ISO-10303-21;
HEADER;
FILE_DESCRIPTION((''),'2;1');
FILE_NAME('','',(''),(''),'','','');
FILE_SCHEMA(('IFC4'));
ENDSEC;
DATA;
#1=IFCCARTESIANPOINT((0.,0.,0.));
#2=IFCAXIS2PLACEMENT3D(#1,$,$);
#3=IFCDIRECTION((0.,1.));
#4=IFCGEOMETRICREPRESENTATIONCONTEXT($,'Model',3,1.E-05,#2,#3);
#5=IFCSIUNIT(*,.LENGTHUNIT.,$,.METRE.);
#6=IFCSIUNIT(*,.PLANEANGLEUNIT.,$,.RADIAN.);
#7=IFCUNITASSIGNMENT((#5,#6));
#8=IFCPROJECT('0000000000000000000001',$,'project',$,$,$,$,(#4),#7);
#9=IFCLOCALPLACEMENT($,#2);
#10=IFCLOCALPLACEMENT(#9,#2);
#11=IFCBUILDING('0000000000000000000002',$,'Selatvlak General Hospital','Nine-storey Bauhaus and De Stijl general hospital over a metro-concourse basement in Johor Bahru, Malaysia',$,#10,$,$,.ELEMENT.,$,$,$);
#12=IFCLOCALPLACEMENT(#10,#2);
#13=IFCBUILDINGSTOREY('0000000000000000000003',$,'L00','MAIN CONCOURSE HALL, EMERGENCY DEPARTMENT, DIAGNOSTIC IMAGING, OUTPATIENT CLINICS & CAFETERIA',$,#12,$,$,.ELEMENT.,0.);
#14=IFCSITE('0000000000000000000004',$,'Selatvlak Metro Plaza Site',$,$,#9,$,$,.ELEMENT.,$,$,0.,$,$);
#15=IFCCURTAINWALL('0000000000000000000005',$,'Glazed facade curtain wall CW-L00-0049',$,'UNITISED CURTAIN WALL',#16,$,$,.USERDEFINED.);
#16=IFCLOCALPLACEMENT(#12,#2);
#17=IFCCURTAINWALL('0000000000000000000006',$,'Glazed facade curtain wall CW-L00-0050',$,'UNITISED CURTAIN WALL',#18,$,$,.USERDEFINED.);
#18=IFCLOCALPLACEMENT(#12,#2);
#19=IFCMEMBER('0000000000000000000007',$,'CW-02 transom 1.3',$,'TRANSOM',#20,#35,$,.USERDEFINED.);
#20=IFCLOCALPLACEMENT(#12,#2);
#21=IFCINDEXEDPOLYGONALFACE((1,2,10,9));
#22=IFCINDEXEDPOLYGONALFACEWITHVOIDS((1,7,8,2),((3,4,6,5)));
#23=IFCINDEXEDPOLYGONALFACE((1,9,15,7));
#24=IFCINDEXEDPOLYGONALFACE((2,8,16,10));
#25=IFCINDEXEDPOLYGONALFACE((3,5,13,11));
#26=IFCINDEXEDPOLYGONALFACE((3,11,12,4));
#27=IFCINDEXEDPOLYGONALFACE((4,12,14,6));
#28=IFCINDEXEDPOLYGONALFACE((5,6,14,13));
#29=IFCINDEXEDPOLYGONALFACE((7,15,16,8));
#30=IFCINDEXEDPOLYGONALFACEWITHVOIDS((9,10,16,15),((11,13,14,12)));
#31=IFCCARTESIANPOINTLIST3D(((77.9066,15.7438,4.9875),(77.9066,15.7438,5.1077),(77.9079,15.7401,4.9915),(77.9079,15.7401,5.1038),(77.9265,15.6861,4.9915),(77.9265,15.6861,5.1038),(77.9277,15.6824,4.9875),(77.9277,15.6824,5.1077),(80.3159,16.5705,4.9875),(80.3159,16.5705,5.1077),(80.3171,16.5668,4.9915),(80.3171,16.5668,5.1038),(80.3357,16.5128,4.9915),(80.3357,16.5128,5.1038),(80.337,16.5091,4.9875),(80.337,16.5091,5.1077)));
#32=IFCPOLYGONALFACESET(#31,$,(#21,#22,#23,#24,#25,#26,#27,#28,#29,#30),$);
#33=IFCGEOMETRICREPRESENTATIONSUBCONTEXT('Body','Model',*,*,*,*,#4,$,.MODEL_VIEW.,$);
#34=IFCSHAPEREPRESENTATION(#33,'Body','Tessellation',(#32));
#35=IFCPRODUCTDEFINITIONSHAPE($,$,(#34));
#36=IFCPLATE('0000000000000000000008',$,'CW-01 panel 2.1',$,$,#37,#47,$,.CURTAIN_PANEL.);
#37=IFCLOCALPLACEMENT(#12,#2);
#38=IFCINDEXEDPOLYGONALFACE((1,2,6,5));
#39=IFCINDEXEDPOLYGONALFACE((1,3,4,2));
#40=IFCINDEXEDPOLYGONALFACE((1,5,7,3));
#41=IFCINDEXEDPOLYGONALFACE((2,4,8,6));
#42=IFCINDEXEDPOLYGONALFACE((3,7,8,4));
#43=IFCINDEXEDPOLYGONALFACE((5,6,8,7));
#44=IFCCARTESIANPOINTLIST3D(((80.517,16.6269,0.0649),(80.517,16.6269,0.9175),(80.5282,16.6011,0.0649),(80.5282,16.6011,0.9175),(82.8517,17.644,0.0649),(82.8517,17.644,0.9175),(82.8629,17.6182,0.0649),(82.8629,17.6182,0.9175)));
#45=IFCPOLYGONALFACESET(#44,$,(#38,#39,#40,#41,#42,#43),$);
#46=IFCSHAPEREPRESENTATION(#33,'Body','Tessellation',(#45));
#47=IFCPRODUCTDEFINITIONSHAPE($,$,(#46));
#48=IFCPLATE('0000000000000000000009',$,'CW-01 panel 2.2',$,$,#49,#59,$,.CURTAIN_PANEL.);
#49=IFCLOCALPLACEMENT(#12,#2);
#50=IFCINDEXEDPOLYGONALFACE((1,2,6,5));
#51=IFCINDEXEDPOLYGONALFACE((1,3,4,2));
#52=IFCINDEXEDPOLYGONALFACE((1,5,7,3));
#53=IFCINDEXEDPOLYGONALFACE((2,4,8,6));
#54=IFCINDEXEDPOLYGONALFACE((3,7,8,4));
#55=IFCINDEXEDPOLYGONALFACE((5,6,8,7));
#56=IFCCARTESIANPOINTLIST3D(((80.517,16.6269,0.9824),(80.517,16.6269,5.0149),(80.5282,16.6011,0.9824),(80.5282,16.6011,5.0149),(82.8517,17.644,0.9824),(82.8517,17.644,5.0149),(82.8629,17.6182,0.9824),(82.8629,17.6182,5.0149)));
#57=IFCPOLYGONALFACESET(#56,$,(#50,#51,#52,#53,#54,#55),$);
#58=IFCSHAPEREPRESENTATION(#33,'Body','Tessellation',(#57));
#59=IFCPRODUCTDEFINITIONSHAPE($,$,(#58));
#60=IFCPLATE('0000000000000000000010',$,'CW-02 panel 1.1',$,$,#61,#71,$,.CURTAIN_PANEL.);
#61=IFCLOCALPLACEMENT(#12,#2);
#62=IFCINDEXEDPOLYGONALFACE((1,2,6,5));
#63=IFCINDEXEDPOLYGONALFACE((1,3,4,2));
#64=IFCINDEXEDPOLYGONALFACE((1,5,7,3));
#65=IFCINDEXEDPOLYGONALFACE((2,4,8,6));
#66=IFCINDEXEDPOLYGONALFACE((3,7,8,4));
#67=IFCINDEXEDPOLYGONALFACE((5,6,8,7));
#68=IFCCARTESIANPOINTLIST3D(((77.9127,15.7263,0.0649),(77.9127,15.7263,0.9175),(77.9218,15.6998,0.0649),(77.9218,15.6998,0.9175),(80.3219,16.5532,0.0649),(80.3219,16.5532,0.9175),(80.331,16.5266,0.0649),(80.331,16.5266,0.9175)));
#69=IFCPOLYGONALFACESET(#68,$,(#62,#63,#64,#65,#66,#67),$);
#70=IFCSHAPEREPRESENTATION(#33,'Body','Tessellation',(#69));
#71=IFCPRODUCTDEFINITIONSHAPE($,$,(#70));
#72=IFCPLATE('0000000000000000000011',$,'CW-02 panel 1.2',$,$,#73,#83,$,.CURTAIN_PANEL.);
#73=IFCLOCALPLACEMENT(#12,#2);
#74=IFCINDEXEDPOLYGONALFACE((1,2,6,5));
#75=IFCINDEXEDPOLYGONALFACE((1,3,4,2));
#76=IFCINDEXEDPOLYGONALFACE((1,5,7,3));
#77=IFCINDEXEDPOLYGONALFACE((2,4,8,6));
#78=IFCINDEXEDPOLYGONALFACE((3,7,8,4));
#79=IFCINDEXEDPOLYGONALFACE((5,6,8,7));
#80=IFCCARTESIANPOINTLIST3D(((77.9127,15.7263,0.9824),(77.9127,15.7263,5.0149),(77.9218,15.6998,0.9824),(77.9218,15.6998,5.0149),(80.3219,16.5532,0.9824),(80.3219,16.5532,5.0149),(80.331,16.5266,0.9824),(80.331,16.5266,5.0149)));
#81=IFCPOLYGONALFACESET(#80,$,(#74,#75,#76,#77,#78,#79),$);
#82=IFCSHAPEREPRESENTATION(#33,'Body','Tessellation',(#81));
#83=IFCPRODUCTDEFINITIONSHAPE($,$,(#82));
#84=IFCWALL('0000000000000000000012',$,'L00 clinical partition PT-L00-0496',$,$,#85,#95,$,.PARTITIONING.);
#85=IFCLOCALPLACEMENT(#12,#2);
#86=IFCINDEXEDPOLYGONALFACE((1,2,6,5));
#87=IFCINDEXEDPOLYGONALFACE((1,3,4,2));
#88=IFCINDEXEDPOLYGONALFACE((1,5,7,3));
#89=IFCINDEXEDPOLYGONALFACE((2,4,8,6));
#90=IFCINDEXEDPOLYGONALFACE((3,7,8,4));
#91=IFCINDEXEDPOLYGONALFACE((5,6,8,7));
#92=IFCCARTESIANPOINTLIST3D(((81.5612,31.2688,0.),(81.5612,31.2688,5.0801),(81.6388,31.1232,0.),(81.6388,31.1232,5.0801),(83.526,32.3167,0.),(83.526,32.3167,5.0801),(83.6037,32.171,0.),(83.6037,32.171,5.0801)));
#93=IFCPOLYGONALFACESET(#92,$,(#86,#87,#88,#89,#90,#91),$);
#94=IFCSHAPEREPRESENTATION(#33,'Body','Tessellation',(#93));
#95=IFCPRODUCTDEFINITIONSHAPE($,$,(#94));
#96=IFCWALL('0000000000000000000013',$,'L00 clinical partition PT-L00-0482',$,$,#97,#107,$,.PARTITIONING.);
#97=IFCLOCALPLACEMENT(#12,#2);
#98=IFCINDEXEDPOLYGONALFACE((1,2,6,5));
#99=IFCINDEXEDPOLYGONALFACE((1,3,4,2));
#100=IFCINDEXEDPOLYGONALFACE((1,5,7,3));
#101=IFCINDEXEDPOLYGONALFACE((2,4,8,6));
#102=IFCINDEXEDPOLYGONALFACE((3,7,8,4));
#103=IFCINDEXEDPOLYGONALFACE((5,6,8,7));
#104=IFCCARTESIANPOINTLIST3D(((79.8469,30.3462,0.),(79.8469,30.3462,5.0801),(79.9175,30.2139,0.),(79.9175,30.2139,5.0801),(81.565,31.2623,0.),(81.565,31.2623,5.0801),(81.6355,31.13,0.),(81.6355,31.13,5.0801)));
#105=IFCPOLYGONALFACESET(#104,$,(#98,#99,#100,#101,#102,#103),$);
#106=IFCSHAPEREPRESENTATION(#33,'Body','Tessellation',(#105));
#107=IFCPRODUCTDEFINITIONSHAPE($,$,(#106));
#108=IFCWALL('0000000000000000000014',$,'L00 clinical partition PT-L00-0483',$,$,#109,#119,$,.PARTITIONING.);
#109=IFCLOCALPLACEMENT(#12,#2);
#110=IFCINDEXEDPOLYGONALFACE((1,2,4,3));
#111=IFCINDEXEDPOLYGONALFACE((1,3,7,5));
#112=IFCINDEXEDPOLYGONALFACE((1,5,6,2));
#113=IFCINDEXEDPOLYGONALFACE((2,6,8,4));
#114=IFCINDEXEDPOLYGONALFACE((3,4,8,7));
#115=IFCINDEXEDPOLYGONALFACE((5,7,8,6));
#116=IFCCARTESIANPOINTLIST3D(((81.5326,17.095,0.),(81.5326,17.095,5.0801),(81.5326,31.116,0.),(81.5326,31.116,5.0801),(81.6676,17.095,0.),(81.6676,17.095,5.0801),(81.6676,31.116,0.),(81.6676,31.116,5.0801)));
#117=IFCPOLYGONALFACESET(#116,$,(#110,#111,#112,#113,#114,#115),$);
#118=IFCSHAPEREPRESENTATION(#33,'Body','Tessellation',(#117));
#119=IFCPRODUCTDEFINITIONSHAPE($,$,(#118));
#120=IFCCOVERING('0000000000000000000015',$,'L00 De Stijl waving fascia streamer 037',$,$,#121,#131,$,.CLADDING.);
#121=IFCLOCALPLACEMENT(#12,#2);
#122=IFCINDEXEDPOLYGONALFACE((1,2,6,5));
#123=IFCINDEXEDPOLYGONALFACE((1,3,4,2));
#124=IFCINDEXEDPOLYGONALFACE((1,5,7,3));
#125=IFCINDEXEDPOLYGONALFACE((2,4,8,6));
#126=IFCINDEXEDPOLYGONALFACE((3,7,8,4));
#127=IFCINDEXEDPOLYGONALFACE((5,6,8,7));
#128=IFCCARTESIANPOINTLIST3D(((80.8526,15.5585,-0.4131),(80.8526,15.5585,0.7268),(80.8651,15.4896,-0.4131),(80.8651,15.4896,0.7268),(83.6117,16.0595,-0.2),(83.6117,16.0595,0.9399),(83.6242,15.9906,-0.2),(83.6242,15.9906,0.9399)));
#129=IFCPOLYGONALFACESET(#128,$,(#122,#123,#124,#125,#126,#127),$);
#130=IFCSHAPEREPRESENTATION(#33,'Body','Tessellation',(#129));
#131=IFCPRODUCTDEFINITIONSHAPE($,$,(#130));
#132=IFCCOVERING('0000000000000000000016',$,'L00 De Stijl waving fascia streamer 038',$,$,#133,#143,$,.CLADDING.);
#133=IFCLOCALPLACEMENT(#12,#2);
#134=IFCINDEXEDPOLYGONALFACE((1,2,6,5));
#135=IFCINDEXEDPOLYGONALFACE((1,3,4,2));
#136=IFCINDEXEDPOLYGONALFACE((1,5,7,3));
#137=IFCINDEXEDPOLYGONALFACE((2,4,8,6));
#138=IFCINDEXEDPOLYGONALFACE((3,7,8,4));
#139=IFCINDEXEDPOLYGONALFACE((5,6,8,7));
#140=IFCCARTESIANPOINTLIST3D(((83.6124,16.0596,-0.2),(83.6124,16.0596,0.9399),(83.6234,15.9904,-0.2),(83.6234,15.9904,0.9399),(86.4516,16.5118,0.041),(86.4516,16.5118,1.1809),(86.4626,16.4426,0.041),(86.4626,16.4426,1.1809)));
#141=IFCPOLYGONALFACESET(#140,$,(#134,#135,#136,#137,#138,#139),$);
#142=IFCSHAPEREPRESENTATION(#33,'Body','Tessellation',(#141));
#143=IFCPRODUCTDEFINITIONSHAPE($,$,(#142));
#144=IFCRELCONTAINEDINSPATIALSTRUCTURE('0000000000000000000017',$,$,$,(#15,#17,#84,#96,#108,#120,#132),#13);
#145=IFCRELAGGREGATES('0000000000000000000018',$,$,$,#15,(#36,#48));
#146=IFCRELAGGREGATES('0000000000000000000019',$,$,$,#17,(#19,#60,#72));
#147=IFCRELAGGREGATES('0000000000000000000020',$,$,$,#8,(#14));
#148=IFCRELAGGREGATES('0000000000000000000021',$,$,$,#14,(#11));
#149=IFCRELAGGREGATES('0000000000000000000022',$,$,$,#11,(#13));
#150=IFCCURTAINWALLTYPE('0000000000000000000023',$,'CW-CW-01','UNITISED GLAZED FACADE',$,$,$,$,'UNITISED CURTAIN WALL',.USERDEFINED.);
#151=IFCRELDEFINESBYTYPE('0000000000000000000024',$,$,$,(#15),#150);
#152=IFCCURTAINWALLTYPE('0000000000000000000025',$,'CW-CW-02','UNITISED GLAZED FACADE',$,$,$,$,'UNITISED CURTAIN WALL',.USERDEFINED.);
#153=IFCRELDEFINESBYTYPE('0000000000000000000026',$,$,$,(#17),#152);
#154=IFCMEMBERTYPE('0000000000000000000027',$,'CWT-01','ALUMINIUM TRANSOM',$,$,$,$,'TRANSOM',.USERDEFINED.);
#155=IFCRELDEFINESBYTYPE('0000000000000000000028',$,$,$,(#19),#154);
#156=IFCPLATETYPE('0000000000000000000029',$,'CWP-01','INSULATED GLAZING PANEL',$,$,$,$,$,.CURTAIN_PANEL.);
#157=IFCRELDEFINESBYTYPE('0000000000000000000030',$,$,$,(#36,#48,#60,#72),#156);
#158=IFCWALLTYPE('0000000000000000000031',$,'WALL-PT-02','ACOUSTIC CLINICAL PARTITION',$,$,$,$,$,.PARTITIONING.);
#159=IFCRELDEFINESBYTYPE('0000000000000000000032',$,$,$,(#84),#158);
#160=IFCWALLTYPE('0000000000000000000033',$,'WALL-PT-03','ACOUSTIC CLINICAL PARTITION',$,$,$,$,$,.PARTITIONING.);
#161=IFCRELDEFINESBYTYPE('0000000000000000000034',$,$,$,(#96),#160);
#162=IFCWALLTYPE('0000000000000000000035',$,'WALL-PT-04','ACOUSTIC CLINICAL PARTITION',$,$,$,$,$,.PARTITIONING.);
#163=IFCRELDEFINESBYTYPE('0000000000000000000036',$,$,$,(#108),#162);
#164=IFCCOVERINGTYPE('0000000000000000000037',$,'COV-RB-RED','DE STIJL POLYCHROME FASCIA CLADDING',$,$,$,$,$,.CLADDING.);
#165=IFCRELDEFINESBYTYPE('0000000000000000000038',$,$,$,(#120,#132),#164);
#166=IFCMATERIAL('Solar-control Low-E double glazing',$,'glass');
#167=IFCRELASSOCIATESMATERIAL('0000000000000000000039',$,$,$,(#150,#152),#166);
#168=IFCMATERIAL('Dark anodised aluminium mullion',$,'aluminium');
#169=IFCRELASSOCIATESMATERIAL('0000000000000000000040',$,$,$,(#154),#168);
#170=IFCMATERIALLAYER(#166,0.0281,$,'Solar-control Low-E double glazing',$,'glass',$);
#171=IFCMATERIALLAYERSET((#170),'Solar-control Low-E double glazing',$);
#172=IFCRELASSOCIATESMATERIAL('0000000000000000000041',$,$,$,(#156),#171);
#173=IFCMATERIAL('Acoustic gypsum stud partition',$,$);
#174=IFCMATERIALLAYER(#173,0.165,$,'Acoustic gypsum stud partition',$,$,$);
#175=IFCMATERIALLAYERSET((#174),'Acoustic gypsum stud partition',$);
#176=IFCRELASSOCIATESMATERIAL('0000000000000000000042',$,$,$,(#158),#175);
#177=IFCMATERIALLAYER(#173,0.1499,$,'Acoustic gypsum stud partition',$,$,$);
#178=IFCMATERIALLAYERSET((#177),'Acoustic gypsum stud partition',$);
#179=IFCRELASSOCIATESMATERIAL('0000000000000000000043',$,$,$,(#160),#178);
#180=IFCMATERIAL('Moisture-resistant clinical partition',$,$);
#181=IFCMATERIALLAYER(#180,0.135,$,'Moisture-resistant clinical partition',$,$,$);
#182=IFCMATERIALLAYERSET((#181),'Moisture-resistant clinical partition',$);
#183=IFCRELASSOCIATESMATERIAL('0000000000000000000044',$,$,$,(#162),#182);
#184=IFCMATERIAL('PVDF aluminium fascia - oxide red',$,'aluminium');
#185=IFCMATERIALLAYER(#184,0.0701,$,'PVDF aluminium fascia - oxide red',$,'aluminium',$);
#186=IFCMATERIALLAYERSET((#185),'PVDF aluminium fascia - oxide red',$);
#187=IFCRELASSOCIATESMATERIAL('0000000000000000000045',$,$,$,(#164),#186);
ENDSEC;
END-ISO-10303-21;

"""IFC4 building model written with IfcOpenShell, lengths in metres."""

from ifc_helpers import new_model, si_unit, direction, frame, frame_2d, origin, origin_2d, place, context, subcontext, project, spatial, polyline, rectangle, hollow_rectangle, outline, extrude, material, layer, layer_set, material_profile, profile_set, type_object, element, aggregate, save


model = new_model("IFC4")

# Units and contexts
model_context = context("Model", 3, precision=1e-05, world=origin(), true_north=direction((0.0, 1.0)))
body_context = subcontext(model_context, "Body", "Model", "MODEL_VIEW")
ifc_project = project(units=[si_unit("LENGTHUNIT", "METRE"), si_unit("PLANEANGLEUNIT", "RADIAN")], contexts=[model_context])

# Site, building, storey
site_placement = place(None, origin())
site = spatial("IfcSite", under=ifc_project, at=site_placement, Name="Selatvlak Metro Plaza Site", CompositionType="ELEMENT", RefElevation=0.0)
building_placement = place(site_placement, origin())
building = spatial("IfcBuilding", under=site, at=building_placement, Name="Selatvlak General Hospital", Description="Nine-storey Bauhaus and De Stijl general hospital over a metro-concourse basement in Johor Bahru, Malaysia", CompositionType="ELEMENT")
storey_placement = place(building_placement, origin())
storey = spatial("IfcBuildingStorey", under=building, at=storey_placement, Name="L00", Description="MAIN CONCOURSE HALL, EMERGENCY DEPARTMENT, DIAGNOSTIC IMAGING, OUTPATIENT CLINICS & CAFETERIA", CompositionType="ELEMENT", Elevation=0.0)

# Curtain walls
ifc_material_1 = material(Name="Solar-control Low-E double glazing", Category="glass")
curtain_wall_type_1 = type_object("IfcCurtainWallType", Name="CW-CW-01", Description="UNITISED GLAZED FACADE", ElementType="UNITISED CURTAIN WALL", PredefinedType="USERDEFINED", material=ifc_material_1)
curtain_wall_1_placement = place(storey_placement, origin())
curtain_wall_1 = element("IfcCurtainWall", 1, at=curtain_wall_1_placement, inside=storey, type_object=curtain_wall_type_1, Name="Glazed facade curtain wall CW-L00-0049", ObjectType="UNITISED CURTAIN WALL", PredefinedType="USERDEFINED")
ifc_material_2 = material(Name="Dark anodised aluminium mullion", Category="aluminium")
curtain_wall_type_2 = type_object("IfcCurtainWallType", Name="CW-CW-02", Description="UNITISED GLAZED FACADE", ElementType="UNITISED CURTAIN WALL", PredefinedType="USERDEFINED", material=ifc_material_1)
curtain_wall_2_placement = place(storey_placement, origin())
curtain_wall_2 = element("IfcCurtainWall", 2, at=curtain_wall_2_placement, inside=storey, type_object=curtain_wall_type_2, Name="Glazed facade curtain wall CW-L00-0050", ObjectType="UNITISED CURTAIN WALL", PredefinedType="USERDEFINED")

# Member
ifc_material_profile_1 = material_profile(ifc_material_2, hollow_rectangle(XDim=0.0649, YDim=0.1201, WallThickness=0.0039, at=origin_2d()), Name="AL-TRN 65x120x4")
ifc_profile_set_1 = profile_set([ifc_material_profile_1], Name="Dark anodised aluminium mullion")
member_type_1 = type_object("IfcMemberType", Name="CWT-01", Description="ALUMINIUM TRANSOM", ElementType="TRANSOM", PredefinedType="USERDEFINED", material=ifc_profile_set_1)
member_1_placement = place(storey_placement, frame((80.3264, 16.5398, 5.0476), z_axis=(-0.945867, -0.324555, 0.0), x_axis=(0.324555, -0.945867, 0.0)))
member_1 = element("IfcMember", 3, at=member_1_placement, type_object=member_type_1, Name="CW-02 transom 1.3", ObjectType="TRANSOM", PredefinedType="USERDEFINED", context=body_context, shape_type="SweptSolid", body=[
    extrude(hollow_rectangle(XDim=0.0649, YDim=0.1201, WallThickness=0.0039, at=origin_2d()), origin(), (0.0, 0.0, 1.0), 2.5471),
])

# Plates
ifc_layer_1 = layer(ifc_material_1, 0.0281, Name="Solar-control Low-E double glazing", Category="glass")
ifc_layer_set_1 = layer_set([ifc_layer_1], Name="Solar-control Low-E double glazing")
plate_type = type_object("IfcPlateType", Name="CWP-01", Description="INSULATED GLAZING PANEL", PredefinedType="CURTAIN_PANEL", material=ifc_layer_set_1)
plate_1_placement = place(storey_placement, frame((81.6899, 17.1226, 0.0649), z_axis=(0.0, 0.0, 1.0), x_axis=(-0.916781, -0.39939, 0.0)))
plate_1 = element("IfcPlate", 4, at=plate_1_placement, type_object=plate_type, Name="CW-01 panel 2.1", PredefinedType="CURTAIN_PANEL", context=body_context, shape_type="SweptSolid", body=[
    extrude(rectangle(XDim=2.5466, YDim=0.0281, at=origin_2d()), origin(), (0.0, 0.0, 1.0), 0.8525),
])
plate_2_placement = place(storey_placement, frame((81.6899, 17.1226, 0.9824), z_axis=(0.0, 0.0, 1.0), x_axis=(-0.916781, -0.39939, 0.0)))
plate_2 = element("IfcPlate", 5, at=plate_2_placement, type_object=plate_type, Name="CW-01 panel 2.2", PredefinedType="CURTAIN_PANEL", context=body_context, shape_type="SweptSolid", body=[
    extrude(rectangle(XDim=2.5466, YDim=0.0281, at=origin_2d()), origin(), (0.0, 0.0, 1.0), 4.0325),
])
aggregate(curtain_wall_1, [plate_1, plate_2])
plate_3_placement = place(storey_placement, frame((79.1218, 16.1265, 0.0649), z_axis=(0.0, 0.0, 1.0), x_axis=(-0.945848, -0.324609, 0.0)))
plate_3 = element("IfcPlate", 6, at=plate_3_placement, type_object=plate_type, Name="CW-02 panel 1.1", PredefinedType="CURTAIN_PANEL", context=body_context, shape_type="SweptSolid", body=[
    extrude(rectangle(XDim=2.5471, YDim=0.0281, at=origin_2d()), origin(), (0.0, 0.0, 1.0), 0.8525),
])
plate_4_placement = place(storey_placement, frame((79.1218, 16.1265, 0.9824), z_axis=(0.0, 0.0, 1.0), x_axis=(-0.945848, -0.324609, 0.0)))
plate_4 = element("IfcPlate", 7, at=plate_4_placement, type_object=plate_type, Name="CW-02 panel 1.2", PredefinedType="CURTAIN_PANEL", context=body_context, shape_type="SweptSolid", body=[
    extrude(rectangle(XDim=2.5471, YDim=0.0281, at=origin_2d()), origin(), (0.0, 0.0, 1.0), 4.0325),
])
aggregate(curtain_wall_2, [member_1, plate_3, plate_4])

# Walls
ifc_material_3 = material(Name="Acoustic gypsum stud partition")
ifc_layer_2 = layer(ifc_material_3, 0.165, Name="Acoustic gypsum stud partition")
ifc_layer_set_2 = layer_set([ifc_layer_2], Name="Acoustic gypsum stud partition")
wall_type_1 = type_object("IfcWallType", Name="WALL-PT-02", Description="ACOUSTIC CLINICAL PARTITION", PredefinedType="PARTITIONING", material=ifc_layer_set_2)
wall_1_placement = place(storey_placement, frame((81.6001, 31.196, 0.0), z_axis=(0.0, 0.0, 1.0), x_axis=(0.882365, 0.470565, 0.0)))
element("IfcWall", 8, at=wall_1_placement, inside=storey, type_object=wall_type_1, Name="L00 clinical partition PT-L00-0496", PredefinedType="PARTITIONING", context=body_context, shape_type="SweptSolid", body=[
    extrude(rectangle(XDim=2.2268, YDim=0.165, at=frame_2d((1.1133, 0.0))), origin(), (0.0, 0.0, 1.0), 5.0801),
])
ifc_layer_3 = layer(ifc_material_3, 0.1499, Name="Acoustic gypsum stud partition")
ifc_layer_set_3 = layer_set([ifc_layer_3], Name="Acoustic gypsum stud partition")
wall_type_2 = type_object("IfcWallType", Name="WALL-PT-03", Description="ACOUSTIC CLINICAL PARTITION", PredefinedType="PARTITIONING", material=ifc_layer_set_3)
wall_2_placement = place(storey_placement, frame((79.8821, 30.28, 0.0), z_axis=(0.0, 0.0, 1.0), x_axis=(0.882408, 0.470484, 0.0)))
element("IfcWall", 9, at=wall_2_placement, inside=storey, type_object=wall_type_2, Name="L00 clinical partition PT-L00-0482", PredefinedType="PARTITIONING", context=body_context, shape_type="SweptSolid", body=[
    extrude(rectangle(XDim=1.947, YDim=0.1499, at=frame_2d((0.9736, 0.0))), origin(), (0.0, 0.0, 1.0), 5.0801),
])
ifc_material_4 = material(Name="Moisture-resistant clinical partition")
ifc_layer_4 = layer(ifc_material_4, 0.135, Name="Moisture-resistant clinical partition")
ifc_layer_set_4 = layer_set([ifc_layer_4], Name="Moisture-resistant clinical partition")
wall_type_3 = type_object("IfcWallType", Name="WALL-PT-04", Description="ACOUSTIC CLINICAL PARTITION", PredefinedType="PARTITIONING", material=ifc_layer_set_4)
wall_3_placement = place(storey_placement, frame((81.6001, 31.116, 0.0), z_axis=(0.0, 0.0, 1.0), x_axis=(0.0, -1.0, 0.0)))
element("IfcWall", 10, at=wall_3_placement, inside=storey, type_object=wall_type_3, Name="L00 clinical partition PT-L00-0483", PredefinedType="PARTITIONING", context=body_context, shape_type="SweptSolid", body=[
    extrude(rectangle(XDim=14.021, YDim=0.135, at=frame_2d((7.0105, 0.0))), origin(), (0.0, 0.0, 1.0), 5.0801),
])

# Coverings
ifc_material_5 = material(Name="PVDF aluminium fascia - oxide red", Category="aluminium")
ifc_layer_5 = layer(ifc_material_5, 0.0701, Name="PVDF aluminium fascia - oxide red", Category="aluminium")
ifc_layer_set_5 = layer_set([ifc_layer_5], Name="PVDF aluminium fascia - oxide red")
covering_type = type_object("IfcCoveringType", Name="COV-RB-RED", Description="DE STIJL POLYCHROME FASCIA CLADDING", PredefinedType="CLADDING", material=ifc_layer_set_5)
covering_1_placement = place(storey_placement, frame((80.8589, 15.5239, -0.4131), z_axis=(0.0, 0.0, 1.0), x_axis=(0.983912, 0.178656, 0.0)))
element("IfcCovering", 11, at=covering_1_placement, inside=storey, type_object=covering_type, Name="L00 De Stijl waving fascia streamer 037", PredefinedType="CLADDING", context=body_context, shape_type="SweptSolid", body=[
    extrude(outline(polyline([(0.0, 0.0), (2.8042, 0.2131), (2.8042, 1.353), (0.0, 1.1399), (0.0, 0.0)])), frame((0.0, 0.0352, 0.0), z_axis=(0.0, -1.0, 0.0), x_axis=(1.0, 0.0, 0.0)), (0.0, 0.0, 1.0), 0.0701),
])
covering_2_placement = place(storey_placement, frame((83.6179, 16.0249, -0.2), z_axis=(0.0, 0.0, 1.0), x_axis=(0.987555, 0.157275, 0.0)))
element("IfcCovering", 12, at=covering_2_placement, inside=storey, type_object=covering_type, Name="L00 De Stijl waving fascia streamer 038", PredefinedType="CLADDING", context=body_context, shape_type="SweptSolid", body=[
    extrude(outline(polyline([(0.0, 0.0), (2.875, 0.241), (2.875, 1.3809), (0.0, 1.1399), (0.0, 0.0)])), frame((0.0, 0.0352, 0.0), z_axis=(0.0, -1.0, 0.0), x_axis=(1.0, 0.0, 0.0)), (0.0, 0.0, 1.0), 0.0701),
])

save(model, "model.ifc")
